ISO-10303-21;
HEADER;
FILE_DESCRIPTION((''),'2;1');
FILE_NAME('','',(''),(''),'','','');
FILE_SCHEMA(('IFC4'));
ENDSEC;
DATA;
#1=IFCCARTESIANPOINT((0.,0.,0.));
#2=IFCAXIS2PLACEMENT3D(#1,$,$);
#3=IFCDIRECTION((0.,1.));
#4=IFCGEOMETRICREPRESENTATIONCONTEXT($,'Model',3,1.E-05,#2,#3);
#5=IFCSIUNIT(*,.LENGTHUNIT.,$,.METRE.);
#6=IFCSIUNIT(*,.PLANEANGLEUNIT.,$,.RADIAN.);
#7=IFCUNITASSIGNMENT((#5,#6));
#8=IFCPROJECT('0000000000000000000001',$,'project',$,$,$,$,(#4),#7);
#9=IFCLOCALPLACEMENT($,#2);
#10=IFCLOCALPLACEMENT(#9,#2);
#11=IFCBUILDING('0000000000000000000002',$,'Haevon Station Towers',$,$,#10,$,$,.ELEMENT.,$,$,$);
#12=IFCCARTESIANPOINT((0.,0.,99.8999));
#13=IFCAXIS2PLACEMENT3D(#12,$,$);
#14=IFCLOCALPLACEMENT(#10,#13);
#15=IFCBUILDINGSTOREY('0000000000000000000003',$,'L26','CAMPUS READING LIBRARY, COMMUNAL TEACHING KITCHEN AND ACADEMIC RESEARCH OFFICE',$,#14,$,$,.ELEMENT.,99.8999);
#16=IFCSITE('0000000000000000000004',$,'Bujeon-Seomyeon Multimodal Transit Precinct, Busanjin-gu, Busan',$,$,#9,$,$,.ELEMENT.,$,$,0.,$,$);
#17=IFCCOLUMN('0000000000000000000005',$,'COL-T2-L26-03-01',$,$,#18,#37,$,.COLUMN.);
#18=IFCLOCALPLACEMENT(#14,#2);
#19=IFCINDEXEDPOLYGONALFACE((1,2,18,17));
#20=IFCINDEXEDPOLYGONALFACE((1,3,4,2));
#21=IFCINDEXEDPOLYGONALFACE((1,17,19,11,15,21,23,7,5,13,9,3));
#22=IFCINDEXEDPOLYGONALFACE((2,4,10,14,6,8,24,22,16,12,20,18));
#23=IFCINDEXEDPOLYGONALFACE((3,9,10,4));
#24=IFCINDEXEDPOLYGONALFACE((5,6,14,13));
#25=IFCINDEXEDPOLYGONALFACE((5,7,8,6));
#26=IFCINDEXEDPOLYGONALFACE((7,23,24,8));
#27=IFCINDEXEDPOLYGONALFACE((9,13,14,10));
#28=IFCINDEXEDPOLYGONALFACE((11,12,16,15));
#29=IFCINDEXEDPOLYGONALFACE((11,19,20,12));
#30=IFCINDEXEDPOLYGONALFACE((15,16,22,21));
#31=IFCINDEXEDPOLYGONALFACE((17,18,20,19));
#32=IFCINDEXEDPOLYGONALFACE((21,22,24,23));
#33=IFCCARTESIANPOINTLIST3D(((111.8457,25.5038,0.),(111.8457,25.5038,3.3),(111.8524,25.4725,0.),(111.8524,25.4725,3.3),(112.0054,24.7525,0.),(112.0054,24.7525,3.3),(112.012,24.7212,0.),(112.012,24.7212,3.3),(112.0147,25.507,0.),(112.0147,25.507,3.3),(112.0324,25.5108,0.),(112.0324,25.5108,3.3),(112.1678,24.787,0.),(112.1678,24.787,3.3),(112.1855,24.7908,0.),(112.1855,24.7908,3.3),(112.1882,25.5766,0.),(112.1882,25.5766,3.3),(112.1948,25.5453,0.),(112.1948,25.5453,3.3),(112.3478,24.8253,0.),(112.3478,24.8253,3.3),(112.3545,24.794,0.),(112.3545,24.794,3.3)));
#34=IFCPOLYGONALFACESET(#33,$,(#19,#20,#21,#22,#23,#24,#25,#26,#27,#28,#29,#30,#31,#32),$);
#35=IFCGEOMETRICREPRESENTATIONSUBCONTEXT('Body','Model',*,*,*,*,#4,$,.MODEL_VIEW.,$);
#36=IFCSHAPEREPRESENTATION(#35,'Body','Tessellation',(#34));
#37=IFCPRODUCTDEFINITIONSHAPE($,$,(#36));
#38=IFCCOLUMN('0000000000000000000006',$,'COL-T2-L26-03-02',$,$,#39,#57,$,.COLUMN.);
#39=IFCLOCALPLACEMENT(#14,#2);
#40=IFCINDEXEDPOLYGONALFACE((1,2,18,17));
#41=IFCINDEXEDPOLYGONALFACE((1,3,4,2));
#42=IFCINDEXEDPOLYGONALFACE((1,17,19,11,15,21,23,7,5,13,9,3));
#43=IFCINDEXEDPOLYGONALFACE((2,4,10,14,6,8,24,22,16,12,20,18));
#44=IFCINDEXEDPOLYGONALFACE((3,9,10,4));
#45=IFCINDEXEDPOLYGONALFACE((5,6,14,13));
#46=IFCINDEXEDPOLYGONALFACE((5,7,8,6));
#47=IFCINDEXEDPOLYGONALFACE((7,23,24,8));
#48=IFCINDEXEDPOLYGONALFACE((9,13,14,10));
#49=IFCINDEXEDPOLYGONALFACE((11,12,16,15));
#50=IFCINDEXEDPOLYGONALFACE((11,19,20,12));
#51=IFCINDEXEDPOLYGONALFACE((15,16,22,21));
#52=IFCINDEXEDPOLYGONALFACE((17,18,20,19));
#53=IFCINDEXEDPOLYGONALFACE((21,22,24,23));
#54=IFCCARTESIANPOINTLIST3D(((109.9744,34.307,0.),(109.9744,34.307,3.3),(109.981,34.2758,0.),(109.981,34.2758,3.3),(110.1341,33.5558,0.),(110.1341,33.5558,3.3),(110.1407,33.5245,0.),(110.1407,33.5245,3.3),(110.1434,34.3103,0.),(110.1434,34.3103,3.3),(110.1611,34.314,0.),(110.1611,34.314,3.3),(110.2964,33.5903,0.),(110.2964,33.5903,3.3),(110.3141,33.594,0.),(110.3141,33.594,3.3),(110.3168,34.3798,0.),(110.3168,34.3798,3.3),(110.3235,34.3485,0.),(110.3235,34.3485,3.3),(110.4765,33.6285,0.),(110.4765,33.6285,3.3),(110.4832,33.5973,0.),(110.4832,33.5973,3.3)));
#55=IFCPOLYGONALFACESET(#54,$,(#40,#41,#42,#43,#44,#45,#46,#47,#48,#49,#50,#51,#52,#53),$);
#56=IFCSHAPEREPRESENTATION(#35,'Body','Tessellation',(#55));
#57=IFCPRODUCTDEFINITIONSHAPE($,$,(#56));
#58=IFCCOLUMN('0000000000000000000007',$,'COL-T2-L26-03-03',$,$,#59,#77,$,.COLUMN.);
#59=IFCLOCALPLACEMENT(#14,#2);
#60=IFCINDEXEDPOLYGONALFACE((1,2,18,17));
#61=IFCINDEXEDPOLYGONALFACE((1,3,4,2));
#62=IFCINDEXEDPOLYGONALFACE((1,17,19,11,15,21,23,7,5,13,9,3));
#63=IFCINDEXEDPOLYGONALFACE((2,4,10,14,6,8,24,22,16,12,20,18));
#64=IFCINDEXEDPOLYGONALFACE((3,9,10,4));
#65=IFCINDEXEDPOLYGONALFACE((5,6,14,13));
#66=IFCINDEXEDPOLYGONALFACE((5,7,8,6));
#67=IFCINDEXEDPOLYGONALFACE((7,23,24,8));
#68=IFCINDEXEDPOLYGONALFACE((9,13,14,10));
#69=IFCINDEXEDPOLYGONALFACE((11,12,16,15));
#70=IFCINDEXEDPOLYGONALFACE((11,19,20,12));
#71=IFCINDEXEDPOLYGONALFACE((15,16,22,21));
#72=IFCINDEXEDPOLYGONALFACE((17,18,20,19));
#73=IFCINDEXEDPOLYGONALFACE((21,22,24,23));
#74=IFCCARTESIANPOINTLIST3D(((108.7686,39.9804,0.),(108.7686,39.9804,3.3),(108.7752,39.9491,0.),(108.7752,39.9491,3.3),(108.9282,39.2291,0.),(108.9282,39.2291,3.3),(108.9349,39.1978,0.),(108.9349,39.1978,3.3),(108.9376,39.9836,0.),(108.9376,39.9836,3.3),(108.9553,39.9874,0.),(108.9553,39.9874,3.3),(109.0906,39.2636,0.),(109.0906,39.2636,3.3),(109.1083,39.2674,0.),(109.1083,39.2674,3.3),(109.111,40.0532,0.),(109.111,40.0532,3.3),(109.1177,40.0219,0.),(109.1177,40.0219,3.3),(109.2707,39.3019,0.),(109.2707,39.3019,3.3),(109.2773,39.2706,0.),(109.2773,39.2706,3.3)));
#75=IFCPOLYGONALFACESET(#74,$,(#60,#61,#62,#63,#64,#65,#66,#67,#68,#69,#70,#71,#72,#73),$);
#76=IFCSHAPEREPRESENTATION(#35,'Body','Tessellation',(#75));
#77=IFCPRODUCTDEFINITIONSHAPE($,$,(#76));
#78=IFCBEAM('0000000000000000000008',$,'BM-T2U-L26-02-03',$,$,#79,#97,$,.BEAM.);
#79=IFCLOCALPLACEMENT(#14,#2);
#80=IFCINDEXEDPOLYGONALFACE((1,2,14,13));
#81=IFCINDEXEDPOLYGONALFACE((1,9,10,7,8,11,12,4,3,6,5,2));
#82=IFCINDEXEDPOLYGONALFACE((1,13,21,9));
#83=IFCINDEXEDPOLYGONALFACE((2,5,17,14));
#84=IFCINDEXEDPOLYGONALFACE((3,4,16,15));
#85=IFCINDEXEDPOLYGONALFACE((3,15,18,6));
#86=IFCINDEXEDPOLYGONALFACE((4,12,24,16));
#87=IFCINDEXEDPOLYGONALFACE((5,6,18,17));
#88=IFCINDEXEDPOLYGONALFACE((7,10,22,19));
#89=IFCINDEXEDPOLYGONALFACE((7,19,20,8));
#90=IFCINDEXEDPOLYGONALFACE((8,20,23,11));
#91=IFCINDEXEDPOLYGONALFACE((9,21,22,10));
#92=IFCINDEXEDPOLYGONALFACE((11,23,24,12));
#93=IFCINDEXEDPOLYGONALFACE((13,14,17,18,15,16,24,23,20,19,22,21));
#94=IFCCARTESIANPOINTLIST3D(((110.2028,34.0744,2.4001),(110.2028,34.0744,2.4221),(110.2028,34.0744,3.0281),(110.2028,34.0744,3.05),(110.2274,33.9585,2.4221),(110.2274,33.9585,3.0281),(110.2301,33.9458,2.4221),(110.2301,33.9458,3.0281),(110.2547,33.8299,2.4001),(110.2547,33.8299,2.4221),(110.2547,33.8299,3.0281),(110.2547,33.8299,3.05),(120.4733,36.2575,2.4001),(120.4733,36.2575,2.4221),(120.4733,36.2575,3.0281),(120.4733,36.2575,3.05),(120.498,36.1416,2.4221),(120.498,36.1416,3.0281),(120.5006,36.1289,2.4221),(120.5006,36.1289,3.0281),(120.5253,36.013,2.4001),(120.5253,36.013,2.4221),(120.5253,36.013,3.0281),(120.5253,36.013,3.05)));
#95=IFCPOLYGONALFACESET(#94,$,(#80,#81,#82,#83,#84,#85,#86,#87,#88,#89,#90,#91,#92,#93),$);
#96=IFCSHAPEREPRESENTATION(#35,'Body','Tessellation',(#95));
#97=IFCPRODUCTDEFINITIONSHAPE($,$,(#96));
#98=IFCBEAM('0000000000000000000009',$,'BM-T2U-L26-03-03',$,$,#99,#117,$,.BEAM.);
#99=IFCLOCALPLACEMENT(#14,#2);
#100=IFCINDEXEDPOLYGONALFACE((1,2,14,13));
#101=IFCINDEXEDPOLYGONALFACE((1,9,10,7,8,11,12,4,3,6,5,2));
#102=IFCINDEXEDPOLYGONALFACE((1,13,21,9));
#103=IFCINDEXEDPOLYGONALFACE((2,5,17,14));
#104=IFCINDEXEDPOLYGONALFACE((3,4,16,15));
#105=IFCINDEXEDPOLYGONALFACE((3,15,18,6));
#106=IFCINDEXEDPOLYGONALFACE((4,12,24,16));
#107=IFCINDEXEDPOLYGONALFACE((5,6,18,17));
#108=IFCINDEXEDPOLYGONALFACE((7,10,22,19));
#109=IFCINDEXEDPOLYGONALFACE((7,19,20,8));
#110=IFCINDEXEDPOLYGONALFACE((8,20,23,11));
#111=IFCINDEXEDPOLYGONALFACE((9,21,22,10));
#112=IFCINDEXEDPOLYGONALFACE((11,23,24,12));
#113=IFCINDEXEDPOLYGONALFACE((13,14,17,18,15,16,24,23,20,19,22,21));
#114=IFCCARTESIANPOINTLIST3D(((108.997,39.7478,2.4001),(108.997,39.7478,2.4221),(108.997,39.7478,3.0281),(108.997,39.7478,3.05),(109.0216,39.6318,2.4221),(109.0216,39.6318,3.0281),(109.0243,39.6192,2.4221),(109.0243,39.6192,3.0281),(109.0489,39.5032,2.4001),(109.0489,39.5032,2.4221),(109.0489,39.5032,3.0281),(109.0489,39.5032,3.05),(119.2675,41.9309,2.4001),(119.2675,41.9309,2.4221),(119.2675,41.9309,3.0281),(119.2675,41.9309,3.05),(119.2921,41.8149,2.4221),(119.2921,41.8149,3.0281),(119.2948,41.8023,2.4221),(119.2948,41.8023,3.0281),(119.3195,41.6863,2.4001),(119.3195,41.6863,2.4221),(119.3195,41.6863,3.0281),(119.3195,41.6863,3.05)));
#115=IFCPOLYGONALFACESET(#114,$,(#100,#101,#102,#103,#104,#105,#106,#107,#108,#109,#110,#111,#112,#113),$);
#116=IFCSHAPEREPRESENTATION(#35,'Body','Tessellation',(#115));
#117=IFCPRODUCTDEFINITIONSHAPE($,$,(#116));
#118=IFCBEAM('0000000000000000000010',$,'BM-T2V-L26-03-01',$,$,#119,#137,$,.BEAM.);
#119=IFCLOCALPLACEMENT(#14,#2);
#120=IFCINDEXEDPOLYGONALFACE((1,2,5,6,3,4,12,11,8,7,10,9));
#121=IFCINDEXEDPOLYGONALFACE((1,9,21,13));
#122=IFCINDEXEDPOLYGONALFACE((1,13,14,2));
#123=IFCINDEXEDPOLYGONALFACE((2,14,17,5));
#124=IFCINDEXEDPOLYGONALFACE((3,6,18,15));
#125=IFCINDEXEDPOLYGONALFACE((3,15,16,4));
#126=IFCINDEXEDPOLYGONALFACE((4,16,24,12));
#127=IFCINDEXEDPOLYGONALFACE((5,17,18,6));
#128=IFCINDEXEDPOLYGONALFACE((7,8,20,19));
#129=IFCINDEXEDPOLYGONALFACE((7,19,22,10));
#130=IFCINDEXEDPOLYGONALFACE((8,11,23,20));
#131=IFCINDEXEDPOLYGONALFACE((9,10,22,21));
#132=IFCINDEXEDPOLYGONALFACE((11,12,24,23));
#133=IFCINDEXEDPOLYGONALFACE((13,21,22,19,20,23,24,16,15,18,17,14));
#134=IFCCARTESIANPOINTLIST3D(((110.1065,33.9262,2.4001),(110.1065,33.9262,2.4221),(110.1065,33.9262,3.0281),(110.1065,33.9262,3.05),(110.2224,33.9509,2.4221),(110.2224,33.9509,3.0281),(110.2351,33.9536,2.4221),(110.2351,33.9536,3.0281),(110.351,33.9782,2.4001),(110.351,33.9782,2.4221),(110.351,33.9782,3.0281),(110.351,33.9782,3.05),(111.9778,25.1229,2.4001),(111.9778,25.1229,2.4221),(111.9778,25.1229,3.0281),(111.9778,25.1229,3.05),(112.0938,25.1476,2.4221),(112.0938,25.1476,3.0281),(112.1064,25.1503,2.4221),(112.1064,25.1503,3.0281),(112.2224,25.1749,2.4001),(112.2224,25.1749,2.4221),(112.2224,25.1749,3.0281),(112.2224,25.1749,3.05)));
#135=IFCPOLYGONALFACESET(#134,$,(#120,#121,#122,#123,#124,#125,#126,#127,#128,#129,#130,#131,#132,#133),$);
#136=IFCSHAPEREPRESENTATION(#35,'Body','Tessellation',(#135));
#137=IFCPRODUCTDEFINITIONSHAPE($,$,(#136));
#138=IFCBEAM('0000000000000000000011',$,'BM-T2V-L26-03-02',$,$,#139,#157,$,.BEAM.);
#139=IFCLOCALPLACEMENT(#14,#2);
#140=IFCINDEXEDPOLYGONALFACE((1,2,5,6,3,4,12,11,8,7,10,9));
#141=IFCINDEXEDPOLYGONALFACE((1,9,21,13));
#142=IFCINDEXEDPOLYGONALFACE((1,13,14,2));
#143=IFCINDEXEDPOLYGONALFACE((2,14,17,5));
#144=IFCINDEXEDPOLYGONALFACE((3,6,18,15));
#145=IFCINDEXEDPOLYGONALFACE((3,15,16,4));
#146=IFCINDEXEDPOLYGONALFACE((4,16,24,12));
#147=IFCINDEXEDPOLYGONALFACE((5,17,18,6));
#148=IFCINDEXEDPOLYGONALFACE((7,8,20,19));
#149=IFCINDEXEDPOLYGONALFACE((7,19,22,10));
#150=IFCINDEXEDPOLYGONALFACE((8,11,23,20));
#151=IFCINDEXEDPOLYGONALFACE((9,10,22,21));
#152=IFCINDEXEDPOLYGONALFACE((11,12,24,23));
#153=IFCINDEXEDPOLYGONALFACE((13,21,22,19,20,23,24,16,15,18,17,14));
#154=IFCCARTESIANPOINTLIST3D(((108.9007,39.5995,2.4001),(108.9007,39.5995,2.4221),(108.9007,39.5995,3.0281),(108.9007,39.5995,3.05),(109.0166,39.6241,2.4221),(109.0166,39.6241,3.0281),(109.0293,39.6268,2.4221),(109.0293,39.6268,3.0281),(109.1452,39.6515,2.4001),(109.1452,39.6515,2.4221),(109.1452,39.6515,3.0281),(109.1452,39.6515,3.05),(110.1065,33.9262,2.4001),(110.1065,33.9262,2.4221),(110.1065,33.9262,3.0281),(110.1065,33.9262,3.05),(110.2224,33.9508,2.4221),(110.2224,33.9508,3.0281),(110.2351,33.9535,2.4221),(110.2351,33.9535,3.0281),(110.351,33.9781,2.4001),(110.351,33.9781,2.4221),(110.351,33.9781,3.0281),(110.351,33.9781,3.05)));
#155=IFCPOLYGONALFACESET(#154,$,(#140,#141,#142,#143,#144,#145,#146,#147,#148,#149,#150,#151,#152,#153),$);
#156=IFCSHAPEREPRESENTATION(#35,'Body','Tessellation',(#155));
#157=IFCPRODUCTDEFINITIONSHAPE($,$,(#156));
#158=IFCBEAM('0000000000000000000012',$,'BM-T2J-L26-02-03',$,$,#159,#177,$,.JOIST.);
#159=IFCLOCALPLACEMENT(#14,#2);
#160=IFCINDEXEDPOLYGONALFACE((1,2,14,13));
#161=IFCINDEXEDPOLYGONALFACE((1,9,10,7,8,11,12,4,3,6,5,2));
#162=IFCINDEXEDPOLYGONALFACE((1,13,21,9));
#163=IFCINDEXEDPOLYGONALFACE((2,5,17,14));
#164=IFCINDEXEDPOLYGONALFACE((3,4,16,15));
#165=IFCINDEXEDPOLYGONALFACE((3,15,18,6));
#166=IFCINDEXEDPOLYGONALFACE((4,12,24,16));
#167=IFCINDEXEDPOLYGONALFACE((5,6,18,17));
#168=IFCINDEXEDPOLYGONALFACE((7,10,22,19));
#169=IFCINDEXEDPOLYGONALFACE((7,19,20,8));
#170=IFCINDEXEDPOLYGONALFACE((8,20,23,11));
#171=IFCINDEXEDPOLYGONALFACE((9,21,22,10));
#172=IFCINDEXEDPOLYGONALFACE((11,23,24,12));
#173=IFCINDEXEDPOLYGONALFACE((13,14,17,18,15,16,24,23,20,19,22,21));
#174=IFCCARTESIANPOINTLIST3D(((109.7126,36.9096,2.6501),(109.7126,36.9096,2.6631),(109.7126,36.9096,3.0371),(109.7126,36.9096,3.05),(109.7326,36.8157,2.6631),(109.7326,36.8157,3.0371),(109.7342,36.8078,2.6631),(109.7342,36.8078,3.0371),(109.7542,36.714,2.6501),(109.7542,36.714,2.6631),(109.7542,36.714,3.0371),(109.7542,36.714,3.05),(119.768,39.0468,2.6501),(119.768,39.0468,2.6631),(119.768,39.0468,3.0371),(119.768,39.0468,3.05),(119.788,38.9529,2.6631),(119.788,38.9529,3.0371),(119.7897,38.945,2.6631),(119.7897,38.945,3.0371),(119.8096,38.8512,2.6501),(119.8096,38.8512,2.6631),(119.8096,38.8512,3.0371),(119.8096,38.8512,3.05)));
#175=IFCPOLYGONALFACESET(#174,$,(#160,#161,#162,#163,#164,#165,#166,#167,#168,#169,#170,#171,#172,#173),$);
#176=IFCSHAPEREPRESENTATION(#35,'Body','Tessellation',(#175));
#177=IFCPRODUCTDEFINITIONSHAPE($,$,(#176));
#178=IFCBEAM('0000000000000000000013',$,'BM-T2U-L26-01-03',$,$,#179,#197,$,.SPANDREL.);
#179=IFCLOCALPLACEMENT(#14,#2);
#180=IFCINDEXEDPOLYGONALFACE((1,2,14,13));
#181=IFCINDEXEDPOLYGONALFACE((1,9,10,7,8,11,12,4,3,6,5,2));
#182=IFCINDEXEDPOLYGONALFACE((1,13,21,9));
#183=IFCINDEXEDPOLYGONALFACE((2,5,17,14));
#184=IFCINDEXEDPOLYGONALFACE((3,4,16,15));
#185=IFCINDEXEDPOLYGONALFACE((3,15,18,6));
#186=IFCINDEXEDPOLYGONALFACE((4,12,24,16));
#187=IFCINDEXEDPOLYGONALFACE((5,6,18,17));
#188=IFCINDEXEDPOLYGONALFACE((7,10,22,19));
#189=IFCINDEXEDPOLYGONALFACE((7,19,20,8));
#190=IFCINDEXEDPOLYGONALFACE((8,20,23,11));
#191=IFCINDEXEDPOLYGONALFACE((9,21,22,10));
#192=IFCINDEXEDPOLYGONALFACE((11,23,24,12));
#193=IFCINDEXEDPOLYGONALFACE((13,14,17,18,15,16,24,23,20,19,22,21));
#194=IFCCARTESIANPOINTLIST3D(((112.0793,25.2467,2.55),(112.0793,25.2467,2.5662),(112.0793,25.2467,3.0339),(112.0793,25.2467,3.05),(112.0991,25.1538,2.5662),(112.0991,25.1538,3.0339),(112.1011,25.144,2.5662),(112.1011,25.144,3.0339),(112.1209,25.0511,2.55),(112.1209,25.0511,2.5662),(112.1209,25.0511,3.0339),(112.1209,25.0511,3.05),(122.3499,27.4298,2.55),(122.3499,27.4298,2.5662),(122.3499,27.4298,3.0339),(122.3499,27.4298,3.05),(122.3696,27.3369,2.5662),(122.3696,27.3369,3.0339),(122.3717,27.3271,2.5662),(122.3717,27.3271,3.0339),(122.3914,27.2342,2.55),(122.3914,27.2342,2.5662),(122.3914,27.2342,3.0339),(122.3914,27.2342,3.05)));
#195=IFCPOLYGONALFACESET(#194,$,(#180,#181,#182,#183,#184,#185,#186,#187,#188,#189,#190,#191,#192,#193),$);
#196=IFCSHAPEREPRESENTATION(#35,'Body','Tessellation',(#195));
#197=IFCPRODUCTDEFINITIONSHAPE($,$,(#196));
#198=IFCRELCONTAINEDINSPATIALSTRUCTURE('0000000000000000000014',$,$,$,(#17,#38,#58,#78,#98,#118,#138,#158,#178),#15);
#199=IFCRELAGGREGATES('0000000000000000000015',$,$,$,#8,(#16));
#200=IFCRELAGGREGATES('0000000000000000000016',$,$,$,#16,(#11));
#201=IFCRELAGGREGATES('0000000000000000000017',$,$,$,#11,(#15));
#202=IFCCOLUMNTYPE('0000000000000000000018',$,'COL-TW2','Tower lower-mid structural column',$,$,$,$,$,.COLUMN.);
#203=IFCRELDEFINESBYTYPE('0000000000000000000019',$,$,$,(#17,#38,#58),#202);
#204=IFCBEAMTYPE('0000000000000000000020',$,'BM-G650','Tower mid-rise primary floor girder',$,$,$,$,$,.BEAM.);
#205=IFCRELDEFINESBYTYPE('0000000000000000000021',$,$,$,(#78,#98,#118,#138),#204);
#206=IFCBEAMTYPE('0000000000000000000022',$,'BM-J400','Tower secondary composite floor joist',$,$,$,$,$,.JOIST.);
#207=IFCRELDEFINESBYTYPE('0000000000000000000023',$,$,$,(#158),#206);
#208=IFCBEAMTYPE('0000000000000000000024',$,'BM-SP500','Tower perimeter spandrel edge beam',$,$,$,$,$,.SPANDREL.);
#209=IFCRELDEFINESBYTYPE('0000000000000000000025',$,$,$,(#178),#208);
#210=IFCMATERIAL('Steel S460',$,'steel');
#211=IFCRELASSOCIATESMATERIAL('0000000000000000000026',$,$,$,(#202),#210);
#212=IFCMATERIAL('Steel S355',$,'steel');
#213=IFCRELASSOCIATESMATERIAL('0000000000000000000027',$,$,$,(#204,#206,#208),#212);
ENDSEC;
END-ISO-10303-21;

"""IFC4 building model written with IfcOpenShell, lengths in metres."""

from ifc_helpers import new_model, si_unit, direction, frame, origin, origin_2d, place, context, subcontext, project, spatial, i_section, extrude, material, material_profile, profile_set, type_object, element, save


model = new_model("IFC4")

# Units and contexts
model_context = context("Model", 3, precision=1e-05, world=origin(), true_north=direction((0.0, 1.0)))
body_context = subcontext(model_context, "Body", "Model", "MODEL_VIEW")
ifc_project = project(units=[si_unit("LENGTHUNIT", "METRE"), si_unit("PLANEANGLEUNIT", "RADIAN")], contexts=[model_context])

# Site, building, storey
site_placement = place(None, origin())
site = spatial("IfcSite", under=ifc_project, at=site_placement, Name="Bujeon-Seomyeon Multimodal Transit Precinct, Busanjin-gu, Busan", CompositionType="ELEMENT", RefElevation=0.0)
building_placement = place(site_placement, origin())
building = spatial("IfcBuilding", under=site, at=building_placement, Name="Haevon Station Towers", CompositionType="ELEMENT")
storey_placement = place(building_placement, frame((0.0, 0.0, 99.8999)))
storey = spatial("IfcBuildingStorey", under=building, at=storey_placement, Name="L26", Description="CAMPUS READING LIBRARY, COMMUNAL TEACHING KITCHEN AND ACADEMIC RESEARCH OFFICE", CompositionType="ELEMENT", Elevation=99.8999)

# Columns
ifc_material_1 = material(Name="Steel S460", Category="steel")
ifc_material_profile_1 = material_profile(ifc_material_1, i_section(OverallWidth=0.3501, OverallDepth=0.8, WebThickness=0.0181, FlangeThickness=0.032, at=origin_2d()), Name="H-800x350x18x32")
ifc_profile_set_1 = profile_set([ifc_material_profile_1], Name="Steel S460")
column_type = type_object("IfcColumnType", Name="COL-TW2", Description="Tower lower-mid structural column", PredefinedType="COLUMN", material=ifc_profile_set_1)
for number, where, z_axis, x_axis, name in (
    (1, (112.1001, 25.1489, 0.0), (0.0, 0.0, 1.0), (0.978148, 0.207912, 0.0), "COL-T2-L26-03-01"),
    (2, (110.2288, 33.9521, 0.0), (0.0, 0.0, 1.0), (0.978148, 0.207912, 0.0), "COL-T2-L26-03-02"),
    (3, (109.0229, 39.6255, 0.0), (0.0, 0.0, 1.0), (0.978148, 0.207912, 0.0), "COL-T2-L26-03-03"),
):
    element("IfcColumn", number, at=place(storey_placement, frame(where, z_axis=z_axis, x_axis=x_axis)), inside=storey, type_object=column_type, Name=name, PredefinedType="COLUMN", context=body_context, shape_type="SweptSolid", body=[
        extrude(i_section(OverallWidth=0.3501, OverallDepth=0.8, WebThickness=0.0181, FlangeThickness=0.032, at=origin_2d()), origin(), (0.0, 0.0, 1.0), 3.3),
    ])

# Beams
ifc_material_2 = material(Name="Steel S355", Category="steel")
ifc_material_profile_2 = material_profile(ifc_material_2, i_section(OverallWidth=0.25, OverallDepth=0.6499, WebThickness=0.0129, FlangeThickness=0.022, at=origin_2d()), Name="H-650x250x13x22")
ifc_profile_set_2 = profile_set([ifc_material_profile_2], Name="Steel S355")
beam_type_1 = type_object("IfcBeamType", Name="BM-G650", Description="Tower mid-rise primary floor girder", PredefinedType="BEAM", material=ifc_profile_set_2)
for number, where, z_axis, x_axis, name in (
    (4, (110.2288, 33.9521, 2.7251), (0.978147, 0.207915, 0.0), (-0.207915, 0.978147, 0.0), "BM-T2U-L26-02-03"),
    (5, (109.0229, 39.6255, 2.7251), (0.978147, 0.207915, 0.0), (-0.207915, 0.978147, 0.0), "BM-T2U-L26-03-03"),
):
    element("IfcBeam", number, at=place(storey_placement, frame(where, z_axis=z_axis, x_axis=x_axis)), inside=storey, type_object=beam_type_1, Name=name, PredefinedType="BEAM", context=body_context, shape_type="SweptSolid", body=[
        extrude(i_section(OverallWidth=0.25, OverallDepth=0.6499, WebThickness=0.0129, FlangeThickness=0.022, at=origin_2d()), origin(), (0.0, 0.0, 1.0), 10.5),
    ])
beam_1_placement = place(storey_placement, frame((112.1001, 25.1489, 2.7251), z_axis=(-0.207928, 0.978144, 0.0), x_axis=(-0.978144, -0.207928, 0.0)))
element("IfcBeam", 6, at=beam_1_placement, inside=storey, type_object=beam_type_1, Name="BM-T2V-L26-03-01", PredefinedType="BEAM", context=body_context, shape_type="SweptSolid", body=[
    extrude(i_section(OverallWidth=0.25, OverallDepth=0.6499, WebThickness=0.0129, FlangeThickness=0.022, at=origin_2d()), origin(), (0.0, 0.0, 1.0), 9.0),
])
beam_2_placement = place(storey_placement, frame((110.2288, 33.9521, 2.7251), z_axis=(-0.207896, 0.978151, 0.0), x_axis=(-0.978151, -0.207896, 0.0)))
element("IfcBeam", 7, at=beam_2_placement, inside=storey, type_object=beam_type_1, Name="BM-T2V-L26-03-02", PredefinedType="BEAM", context=body_context, shape_type="SweptSolid", body=[
    extrude(i_section(OverallWidth=0.25, OverallDepth=0.6499, WebThickness=0.0129, FlangeThickness=0.022, at=origin_2d()), origin(), (0.0, 0.0, 1.0), 5.8),
])
ifc_material_profile_3 = material_profile(ifc_material_2, i_section(OverallWidth=0.2, OverallDepth=0.3999, WebThickness=0.0081, FlangeThickness=0.0129, at=origin_2d()), Name="H-400x200x8x13")
ifc_profile_set_3 = profile_set([ifc_material_profile_3], Name="Steel S355")
beam_type_2 = type_object("IfcBeamType", Name="BM-J400", Description="Tower secondary composite floor joist", PredefinedType="JOIST", material=ifc_profile_set_3)
beam_3_placement = place(storey_placement, frame((109.7334, 36.8118, 2.8501), z_axis=(0.97815, 0.207899, 0.0), x_axis=(-0.207899, 0.97815, 0.0)))
element("IfcBeam", 8, at=beam_3_placement, inside=storey, type_object=beam_type_2, Name="BM-T2J-L26-02-03", PredefinedType="JOIST", context=body_context, shape_type="SweptSolid", body=[
    extrude(i_section(OverallWidth=0.2, OverallDepth=0.3999, WebThickness=0.0081, FlangeThickness=0.0129, at=origin_2d()), origin(), (0.0, 0.0, 1.0), 10.28),
])
ifc_material_profile_4 = material_profile(ifc_material_2, i_section(OverallWidth=0.2, OverallDepth=0.5, WebThickness=0.01, FlangeThickness=0.0161, at=origin_2d()), Name="H-500x200x10x16")
ifc_profile_set_4 = profile_set([ifc_material_profile_4], Name="Steel S355")
beam_type_3 = type_object("IfcBeamType", Name="BM-SP500", Description="Tower perimeter spandrel edge beam", PredefinedType="SPANDREL", material=ifc_profile_set_4)
beam_4_placement = place(storey_placement, frame((112.1001, 25.1489, 2.8), z_axis=(0.978147, 0.207915, 0.0), x_axis=(-0.207915, 0.978147, 0.0)))
element("IfcBeam", 9, at=beam_4_placement, inside=storey, type_object=beam_type_3, Name="BM-T2U-L26-01-03", PredefinedType="SPANDREL", context=body_context, shape_type="SweptSolid", body=[
    extrude(i_section(OverallWidth=0.2, OverallDepth=0.5, WebThickness=0.01, FlangeThickness=0.0161, at=origin_2d()), origin(), (0.0, 0.0, 1.0), 10.5),
])

save(model, "model.ifc")
